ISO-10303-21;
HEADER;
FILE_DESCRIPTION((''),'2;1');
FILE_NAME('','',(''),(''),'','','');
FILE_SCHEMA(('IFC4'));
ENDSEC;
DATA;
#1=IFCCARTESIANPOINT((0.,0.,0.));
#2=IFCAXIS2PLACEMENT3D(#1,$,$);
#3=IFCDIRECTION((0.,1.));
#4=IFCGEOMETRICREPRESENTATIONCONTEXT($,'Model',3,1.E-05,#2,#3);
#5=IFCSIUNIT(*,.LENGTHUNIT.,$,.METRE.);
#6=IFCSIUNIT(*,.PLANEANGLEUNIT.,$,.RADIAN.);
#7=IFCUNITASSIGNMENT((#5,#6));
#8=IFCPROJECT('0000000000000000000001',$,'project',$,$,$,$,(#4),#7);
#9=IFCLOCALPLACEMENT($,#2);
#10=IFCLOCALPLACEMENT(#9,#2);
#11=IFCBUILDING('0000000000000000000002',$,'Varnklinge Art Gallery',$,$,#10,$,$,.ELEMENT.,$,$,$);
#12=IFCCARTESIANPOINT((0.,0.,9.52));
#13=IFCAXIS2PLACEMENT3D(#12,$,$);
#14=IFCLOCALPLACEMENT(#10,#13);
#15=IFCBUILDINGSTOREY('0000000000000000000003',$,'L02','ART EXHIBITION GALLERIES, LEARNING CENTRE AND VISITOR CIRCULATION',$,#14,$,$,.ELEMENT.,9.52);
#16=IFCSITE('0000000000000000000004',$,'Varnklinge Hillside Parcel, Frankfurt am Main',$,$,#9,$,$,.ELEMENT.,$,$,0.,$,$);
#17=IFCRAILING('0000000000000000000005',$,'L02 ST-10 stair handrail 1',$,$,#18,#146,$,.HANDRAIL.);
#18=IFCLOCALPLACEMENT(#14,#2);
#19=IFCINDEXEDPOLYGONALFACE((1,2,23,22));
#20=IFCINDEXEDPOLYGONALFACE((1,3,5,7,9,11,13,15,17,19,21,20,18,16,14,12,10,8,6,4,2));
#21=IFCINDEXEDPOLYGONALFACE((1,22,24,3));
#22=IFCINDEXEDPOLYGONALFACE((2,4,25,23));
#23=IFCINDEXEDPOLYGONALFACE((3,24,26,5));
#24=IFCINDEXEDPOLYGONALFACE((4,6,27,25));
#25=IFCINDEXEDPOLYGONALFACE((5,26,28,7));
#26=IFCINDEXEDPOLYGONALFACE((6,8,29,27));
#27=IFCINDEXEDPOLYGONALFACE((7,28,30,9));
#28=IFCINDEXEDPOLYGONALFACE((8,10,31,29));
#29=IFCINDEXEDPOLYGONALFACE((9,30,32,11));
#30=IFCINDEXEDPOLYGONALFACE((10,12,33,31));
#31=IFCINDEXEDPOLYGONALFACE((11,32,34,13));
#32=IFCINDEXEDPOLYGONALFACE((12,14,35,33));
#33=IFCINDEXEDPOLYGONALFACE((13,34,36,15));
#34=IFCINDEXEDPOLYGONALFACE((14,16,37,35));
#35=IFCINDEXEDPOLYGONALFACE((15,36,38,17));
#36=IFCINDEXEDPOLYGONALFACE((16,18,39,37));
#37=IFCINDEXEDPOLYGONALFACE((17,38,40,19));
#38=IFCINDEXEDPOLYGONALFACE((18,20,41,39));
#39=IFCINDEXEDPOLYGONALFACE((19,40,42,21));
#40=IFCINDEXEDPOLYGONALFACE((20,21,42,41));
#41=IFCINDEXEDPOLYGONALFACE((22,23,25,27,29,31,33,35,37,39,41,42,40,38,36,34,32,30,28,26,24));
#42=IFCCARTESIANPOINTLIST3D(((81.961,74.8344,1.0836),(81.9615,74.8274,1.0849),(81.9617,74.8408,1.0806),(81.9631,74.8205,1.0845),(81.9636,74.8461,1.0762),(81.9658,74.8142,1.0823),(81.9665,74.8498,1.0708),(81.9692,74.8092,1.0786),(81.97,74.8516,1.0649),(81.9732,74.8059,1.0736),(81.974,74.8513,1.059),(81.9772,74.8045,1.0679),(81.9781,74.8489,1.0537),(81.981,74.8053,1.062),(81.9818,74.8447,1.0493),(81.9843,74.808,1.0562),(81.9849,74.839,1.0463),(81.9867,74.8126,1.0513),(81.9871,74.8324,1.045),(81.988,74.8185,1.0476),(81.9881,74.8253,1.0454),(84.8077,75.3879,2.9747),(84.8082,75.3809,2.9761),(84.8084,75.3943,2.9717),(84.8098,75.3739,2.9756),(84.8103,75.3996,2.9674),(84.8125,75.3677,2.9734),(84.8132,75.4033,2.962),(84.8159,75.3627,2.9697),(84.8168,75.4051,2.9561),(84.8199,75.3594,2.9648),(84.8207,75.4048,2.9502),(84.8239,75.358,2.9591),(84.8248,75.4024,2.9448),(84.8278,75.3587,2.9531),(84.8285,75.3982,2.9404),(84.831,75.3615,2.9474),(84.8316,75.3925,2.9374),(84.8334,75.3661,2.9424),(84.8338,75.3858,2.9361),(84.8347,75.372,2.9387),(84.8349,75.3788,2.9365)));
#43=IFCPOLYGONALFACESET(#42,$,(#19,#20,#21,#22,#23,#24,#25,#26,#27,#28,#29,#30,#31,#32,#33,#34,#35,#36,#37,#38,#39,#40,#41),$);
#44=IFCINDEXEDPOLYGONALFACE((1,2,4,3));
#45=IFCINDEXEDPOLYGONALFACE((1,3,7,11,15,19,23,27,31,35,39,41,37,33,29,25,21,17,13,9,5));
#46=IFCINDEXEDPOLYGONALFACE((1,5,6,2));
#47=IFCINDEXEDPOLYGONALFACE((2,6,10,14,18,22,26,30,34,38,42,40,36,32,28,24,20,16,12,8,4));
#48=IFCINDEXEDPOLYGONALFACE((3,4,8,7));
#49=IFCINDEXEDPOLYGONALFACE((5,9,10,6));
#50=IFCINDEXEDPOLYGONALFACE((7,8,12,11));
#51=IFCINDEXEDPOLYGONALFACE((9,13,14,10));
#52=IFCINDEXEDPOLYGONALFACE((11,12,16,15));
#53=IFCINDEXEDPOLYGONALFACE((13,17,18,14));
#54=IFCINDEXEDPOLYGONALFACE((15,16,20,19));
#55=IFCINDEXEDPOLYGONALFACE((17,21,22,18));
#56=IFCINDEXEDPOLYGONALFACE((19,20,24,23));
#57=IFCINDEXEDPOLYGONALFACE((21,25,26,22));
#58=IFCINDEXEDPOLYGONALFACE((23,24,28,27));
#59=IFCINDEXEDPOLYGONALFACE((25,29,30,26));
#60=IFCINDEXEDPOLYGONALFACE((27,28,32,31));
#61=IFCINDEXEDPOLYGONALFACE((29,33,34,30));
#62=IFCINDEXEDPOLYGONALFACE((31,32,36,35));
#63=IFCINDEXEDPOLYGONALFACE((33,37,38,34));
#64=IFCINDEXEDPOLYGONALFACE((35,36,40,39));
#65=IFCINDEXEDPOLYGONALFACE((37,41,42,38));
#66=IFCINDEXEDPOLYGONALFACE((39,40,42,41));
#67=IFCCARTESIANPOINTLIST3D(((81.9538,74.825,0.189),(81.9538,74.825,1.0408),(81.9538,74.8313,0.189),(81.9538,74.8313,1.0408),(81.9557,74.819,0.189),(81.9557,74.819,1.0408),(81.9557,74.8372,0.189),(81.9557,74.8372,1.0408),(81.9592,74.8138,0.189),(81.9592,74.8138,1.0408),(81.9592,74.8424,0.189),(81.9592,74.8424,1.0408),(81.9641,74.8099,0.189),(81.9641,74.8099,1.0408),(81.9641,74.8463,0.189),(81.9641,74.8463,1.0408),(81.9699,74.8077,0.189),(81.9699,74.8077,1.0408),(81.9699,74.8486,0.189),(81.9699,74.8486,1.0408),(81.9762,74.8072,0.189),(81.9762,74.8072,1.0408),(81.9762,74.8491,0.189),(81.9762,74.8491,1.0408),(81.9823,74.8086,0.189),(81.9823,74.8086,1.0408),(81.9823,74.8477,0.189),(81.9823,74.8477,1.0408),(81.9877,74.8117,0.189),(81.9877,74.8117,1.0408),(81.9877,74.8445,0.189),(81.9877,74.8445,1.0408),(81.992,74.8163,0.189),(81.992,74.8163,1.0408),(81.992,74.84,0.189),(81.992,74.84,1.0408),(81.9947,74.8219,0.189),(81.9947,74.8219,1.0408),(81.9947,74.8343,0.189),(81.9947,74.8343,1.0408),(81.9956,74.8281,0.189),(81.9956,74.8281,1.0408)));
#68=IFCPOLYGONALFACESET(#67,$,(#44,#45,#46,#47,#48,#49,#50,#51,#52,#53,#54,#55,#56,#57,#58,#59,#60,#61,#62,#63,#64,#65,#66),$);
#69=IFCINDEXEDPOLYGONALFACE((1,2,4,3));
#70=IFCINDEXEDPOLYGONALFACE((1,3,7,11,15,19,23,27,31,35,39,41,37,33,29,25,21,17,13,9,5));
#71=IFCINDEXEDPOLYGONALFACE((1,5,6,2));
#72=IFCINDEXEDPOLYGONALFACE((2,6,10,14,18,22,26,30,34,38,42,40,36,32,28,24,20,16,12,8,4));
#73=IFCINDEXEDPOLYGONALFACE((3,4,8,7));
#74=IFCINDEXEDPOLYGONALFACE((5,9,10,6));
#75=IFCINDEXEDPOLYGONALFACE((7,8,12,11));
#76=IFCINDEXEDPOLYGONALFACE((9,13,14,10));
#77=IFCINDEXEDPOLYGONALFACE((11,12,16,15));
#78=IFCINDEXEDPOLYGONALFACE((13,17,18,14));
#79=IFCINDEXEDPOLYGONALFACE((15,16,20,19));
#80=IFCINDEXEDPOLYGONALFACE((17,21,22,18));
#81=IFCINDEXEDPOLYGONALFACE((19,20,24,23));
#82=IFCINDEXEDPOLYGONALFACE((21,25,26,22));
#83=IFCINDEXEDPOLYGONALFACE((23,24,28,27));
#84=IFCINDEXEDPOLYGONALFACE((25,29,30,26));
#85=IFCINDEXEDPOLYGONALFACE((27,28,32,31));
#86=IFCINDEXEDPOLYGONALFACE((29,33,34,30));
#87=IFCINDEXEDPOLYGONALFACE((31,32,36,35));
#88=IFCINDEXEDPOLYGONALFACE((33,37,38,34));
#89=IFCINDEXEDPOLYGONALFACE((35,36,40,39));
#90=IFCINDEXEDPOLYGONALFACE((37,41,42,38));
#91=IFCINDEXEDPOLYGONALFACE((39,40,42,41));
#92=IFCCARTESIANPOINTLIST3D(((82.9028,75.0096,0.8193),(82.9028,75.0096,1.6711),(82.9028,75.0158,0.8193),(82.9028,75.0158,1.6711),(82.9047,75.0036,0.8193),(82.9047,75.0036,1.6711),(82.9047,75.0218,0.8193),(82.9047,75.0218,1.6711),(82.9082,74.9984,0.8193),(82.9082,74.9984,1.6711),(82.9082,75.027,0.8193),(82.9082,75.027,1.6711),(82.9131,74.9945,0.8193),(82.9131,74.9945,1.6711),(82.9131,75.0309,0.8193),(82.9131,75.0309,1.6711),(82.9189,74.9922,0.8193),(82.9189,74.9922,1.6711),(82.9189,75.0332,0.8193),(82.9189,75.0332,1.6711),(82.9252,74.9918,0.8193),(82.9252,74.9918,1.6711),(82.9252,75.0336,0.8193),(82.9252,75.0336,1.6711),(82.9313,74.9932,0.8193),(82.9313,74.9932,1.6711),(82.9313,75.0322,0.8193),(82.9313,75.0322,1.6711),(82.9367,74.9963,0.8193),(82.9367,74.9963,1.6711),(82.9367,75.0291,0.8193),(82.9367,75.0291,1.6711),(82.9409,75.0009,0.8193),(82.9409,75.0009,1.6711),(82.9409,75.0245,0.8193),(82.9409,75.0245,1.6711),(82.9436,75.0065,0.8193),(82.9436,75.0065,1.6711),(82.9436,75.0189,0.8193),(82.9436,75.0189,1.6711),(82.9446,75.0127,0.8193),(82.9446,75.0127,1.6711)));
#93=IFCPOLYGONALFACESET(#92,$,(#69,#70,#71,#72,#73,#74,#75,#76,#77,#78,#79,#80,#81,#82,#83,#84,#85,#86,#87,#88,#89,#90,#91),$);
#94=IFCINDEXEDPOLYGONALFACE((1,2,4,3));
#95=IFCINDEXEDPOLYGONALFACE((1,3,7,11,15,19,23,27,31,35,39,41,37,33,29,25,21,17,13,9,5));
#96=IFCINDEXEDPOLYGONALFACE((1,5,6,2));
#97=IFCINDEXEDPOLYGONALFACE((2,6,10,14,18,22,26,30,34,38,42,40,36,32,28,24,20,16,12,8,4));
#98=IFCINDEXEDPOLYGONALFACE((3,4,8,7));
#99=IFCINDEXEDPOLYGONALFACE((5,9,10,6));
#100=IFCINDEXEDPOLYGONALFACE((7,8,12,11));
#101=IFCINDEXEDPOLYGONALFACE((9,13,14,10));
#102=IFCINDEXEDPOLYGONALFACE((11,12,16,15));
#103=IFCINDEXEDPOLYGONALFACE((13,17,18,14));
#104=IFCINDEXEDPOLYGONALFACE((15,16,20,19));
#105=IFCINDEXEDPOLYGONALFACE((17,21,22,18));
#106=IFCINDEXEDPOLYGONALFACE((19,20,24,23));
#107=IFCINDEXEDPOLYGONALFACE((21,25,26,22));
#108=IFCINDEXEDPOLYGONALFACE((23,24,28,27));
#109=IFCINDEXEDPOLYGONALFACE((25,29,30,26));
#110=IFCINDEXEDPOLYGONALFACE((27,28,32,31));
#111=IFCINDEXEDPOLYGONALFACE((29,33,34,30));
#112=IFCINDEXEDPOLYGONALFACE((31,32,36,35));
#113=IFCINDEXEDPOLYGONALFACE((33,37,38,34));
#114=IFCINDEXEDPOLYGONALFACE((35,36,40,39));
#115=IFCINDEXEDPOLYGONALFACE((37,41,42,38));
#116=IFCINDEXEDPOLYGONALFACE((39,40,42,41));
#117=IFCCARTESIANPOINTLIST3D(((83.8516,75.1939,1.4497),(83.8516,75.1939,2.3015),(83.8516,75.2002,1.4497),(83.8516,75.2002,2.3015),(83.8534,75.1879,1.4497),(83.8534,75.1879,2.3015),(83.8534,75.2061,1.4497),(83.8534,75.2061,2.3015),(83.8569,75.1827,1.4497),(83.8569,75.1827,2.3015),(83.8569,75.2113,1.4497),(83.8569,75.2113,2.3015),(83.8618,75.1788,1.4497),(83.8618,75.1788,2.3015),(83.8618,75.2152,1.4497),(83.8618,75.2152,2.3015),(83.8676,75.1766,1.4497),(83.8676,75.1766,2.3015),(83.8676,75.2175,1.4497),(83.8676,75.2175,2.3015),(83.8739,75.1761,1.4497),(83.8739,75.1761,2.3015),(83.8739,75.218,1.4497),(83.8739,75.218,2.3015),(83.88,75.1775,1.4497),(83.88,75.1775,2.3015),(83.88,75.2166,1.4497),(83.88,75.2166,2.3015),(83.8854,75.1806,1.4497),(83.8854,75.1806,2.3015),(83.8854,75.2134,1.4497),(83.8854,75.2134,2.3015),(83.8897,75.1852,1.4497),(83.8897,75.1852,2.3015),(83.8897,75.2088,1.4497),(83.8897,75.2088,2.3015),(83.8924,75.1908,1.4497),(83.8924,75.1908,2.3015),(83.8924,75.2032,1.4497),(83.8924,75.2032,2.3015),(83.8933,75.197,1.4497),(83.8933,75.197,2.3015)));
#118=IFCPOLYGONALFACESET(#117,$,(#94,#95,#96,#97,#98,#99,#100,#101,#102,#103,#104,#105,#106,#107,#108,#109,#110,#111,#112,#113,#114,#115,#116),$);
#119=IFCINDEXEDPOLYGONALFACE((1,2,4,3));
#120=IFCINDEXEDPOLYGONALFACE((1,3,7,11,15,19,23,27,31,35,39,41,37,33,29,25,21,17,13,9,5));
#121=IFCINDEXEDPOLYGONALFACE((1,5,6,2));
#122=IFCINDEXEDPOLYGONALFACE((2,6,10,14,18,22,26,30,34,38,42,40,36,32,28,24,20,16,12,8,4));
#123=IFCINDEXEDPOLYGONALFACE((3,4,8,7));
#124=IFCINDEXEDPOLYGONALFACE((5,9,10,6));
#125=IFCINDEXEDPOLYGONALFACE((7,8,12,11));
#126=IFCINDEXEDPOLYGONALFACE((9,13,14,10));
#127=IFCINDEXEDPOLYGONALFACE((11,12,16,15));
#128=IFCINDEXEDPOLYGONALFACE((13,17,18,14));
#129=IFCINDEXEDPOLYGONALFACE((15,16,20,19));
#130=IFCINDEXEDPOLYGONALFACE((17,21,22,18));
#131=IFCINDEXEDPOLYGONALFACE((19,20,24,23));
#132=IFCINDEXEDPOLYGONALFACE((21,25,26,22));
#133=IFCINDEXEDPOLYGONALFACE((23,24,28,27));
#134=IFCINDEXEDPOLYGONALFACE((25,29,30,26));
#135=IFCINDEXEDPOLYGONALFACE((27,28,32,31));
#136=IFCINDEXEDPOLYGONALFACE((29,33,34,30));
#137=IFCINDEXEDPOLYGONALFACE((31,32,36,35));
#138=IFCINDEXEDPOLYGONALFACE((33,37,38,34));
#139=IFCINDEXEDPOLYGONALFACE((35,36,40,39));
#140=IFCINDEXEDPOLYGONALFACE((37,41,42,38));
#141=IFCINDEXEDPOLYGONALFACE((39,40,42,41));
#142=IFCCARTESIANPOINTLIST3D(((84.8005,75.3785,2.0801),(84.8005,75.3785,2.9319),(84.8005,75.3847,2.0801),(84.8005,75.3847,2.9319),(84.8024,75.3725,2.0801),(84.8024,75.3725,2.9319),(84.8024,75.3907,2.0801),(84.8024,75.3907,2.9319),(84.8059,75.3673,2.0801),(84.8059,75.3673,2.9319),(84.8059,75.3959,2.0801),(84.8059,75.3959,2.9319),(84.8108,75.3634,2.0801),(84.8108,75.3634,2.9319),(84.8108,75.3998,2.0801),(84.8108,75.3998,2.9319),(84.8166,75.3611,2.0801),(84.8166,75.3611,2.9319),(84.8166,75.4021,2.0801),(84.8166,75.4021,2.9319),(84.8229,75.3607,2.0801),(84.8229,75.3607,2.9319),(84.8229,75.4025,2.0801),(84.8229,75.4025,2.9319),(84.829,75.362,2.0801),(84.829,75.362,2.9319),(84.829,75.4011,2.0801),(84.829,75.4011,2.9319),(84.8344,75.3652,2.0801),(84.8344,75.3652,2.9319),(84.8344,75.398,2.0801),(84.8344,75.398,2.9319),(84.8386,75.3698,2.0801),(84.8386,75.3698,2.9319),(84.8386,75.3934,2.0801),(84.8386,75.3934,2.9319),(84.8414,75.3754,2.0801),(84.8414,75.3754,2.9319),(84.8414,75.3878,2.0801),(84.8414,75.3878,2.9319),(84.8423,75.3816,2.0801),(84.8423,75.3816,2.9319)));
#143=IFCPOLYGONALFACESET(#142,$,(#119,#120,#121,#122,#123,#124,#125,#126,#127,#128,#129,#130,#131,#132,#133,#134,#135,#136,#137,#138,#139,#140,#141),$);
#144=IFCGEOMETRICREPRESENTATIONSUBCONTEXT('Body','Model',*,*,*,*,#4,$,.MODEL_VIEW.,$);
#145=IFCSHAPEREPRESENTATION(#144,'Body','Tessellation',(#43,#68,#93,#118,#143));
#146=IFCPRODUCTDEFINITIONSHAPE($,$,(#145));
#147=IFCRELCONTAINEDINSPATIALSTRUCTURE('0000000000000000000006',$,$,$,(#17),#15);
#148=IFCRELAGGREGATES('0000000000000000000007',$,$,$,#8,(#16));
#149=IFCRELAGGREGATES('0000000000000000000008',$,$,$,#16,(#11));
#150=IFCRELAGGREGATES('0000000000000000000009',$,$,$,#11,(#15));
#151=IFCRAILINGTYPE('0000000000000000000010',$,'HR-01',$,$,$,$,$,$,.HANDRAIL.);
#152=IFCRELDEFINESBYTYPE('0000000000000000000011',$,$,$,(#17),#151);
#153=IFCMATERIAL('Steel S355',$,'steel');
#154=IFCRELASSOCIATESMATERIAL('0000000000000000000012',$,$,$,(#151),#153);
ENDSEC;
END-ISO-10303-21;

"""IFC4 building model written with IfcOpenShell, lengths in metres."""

from ifc_helpers import new_model, si_unit, direction, frame, origin, origin_2d, place, context, subcontext, project, spatial, circle, extrude, material, type_object, element, save


model = new_model("IFC4")

# Units and contexts
model_context = context("Model", 3, precision=1e-05, world=origin(), true_north=direction((0.0, 1.0)))
body_context = subcontext(model_context, "Body", "Model", "MODEL_VIEW")
ifc_project = project(units=[si_unit("LENGTHUNIT", "METRE"), si_unit("PLANEANGLEUNIT", "RADIAN")], contexts=[model_context])

# Site, building, storey
site_placement = place(None, origin())
site = spatial("IfcSite", under=ifc_project, at=site_placement, Name="Varnklinge Hillside Parcel, Frankfurt am Main", CompositionType="ELEMENT", RefElevation=0.0)
building_placement = place(site_placement, origin())
building = spatial("IfcBuilding", under=site, at=building_placement, Name="Varnklinge Art Gallery", CompositionType="ELEMENT")
storey_placement = place(building_placement, frame((0.0, 0.0, 9.52)))
storey = spatial("IfcBuildingStorey", under=building, at=storey_placement, Name="L02", Description="ART EXHIBITION GALLERIES, LEARNING CENTRE AND VISITOR CIRCULATION", CompositionType="ELEMENT", Elevation=9.52)

# Railing
ifc_material_1 = material(Name="Steel S355", Category="steel")
railing_type_1 = type_object("IfcRailingType", Name="HR-01", PredefinedType="HANDRAIL", material=ifc_material_1)
railing_1_placement = place(storey_placement, frame((81.9746, 74.8281, 0.189)))
element("IfcRailing", 1, at=railing_1_placement, inside=storey, type_object=railing_type_1, Name="L02 ST-10 stair handrail 1", PredefinedType="HANDRAIL", context=body_context, shape_type="SweptSolid", body=[
    extrude(circle(Radius=0.0239, at=origin_2d()), frame((0.0, 0.0, 0.876), z_axis=(0.822238, 0.159864, 0.546231), x_axis=(-0.190852, 0.981619, 0.0)), (0.0, 0.0, 1.0), 3.4622),
    extrude(circle(Radius=0.021, at=origin_2d()), origin(), (0.0, 0.0, 1.0), 0.8518),
    extrude(circle(Radius=0.021, at=origin_2d()), frame((0.949, 0.1846, 0.6304)), (0.0, 0.0, 1.0), 0.8518),
    extrude(circle(Radius=0.021, at=origin_2d()), frame((1.8977, 0.3689, 1.2607)), (0.0, 0.0, 1.0), 0.8518),
    extrude(circle(Radius=0.021, at=origin_2d()), frame((2.8467, 0.5535, 1.8911)), (0.0, 0.0, 1.0), 0.8518),
])

save(model, "model.ifc")
